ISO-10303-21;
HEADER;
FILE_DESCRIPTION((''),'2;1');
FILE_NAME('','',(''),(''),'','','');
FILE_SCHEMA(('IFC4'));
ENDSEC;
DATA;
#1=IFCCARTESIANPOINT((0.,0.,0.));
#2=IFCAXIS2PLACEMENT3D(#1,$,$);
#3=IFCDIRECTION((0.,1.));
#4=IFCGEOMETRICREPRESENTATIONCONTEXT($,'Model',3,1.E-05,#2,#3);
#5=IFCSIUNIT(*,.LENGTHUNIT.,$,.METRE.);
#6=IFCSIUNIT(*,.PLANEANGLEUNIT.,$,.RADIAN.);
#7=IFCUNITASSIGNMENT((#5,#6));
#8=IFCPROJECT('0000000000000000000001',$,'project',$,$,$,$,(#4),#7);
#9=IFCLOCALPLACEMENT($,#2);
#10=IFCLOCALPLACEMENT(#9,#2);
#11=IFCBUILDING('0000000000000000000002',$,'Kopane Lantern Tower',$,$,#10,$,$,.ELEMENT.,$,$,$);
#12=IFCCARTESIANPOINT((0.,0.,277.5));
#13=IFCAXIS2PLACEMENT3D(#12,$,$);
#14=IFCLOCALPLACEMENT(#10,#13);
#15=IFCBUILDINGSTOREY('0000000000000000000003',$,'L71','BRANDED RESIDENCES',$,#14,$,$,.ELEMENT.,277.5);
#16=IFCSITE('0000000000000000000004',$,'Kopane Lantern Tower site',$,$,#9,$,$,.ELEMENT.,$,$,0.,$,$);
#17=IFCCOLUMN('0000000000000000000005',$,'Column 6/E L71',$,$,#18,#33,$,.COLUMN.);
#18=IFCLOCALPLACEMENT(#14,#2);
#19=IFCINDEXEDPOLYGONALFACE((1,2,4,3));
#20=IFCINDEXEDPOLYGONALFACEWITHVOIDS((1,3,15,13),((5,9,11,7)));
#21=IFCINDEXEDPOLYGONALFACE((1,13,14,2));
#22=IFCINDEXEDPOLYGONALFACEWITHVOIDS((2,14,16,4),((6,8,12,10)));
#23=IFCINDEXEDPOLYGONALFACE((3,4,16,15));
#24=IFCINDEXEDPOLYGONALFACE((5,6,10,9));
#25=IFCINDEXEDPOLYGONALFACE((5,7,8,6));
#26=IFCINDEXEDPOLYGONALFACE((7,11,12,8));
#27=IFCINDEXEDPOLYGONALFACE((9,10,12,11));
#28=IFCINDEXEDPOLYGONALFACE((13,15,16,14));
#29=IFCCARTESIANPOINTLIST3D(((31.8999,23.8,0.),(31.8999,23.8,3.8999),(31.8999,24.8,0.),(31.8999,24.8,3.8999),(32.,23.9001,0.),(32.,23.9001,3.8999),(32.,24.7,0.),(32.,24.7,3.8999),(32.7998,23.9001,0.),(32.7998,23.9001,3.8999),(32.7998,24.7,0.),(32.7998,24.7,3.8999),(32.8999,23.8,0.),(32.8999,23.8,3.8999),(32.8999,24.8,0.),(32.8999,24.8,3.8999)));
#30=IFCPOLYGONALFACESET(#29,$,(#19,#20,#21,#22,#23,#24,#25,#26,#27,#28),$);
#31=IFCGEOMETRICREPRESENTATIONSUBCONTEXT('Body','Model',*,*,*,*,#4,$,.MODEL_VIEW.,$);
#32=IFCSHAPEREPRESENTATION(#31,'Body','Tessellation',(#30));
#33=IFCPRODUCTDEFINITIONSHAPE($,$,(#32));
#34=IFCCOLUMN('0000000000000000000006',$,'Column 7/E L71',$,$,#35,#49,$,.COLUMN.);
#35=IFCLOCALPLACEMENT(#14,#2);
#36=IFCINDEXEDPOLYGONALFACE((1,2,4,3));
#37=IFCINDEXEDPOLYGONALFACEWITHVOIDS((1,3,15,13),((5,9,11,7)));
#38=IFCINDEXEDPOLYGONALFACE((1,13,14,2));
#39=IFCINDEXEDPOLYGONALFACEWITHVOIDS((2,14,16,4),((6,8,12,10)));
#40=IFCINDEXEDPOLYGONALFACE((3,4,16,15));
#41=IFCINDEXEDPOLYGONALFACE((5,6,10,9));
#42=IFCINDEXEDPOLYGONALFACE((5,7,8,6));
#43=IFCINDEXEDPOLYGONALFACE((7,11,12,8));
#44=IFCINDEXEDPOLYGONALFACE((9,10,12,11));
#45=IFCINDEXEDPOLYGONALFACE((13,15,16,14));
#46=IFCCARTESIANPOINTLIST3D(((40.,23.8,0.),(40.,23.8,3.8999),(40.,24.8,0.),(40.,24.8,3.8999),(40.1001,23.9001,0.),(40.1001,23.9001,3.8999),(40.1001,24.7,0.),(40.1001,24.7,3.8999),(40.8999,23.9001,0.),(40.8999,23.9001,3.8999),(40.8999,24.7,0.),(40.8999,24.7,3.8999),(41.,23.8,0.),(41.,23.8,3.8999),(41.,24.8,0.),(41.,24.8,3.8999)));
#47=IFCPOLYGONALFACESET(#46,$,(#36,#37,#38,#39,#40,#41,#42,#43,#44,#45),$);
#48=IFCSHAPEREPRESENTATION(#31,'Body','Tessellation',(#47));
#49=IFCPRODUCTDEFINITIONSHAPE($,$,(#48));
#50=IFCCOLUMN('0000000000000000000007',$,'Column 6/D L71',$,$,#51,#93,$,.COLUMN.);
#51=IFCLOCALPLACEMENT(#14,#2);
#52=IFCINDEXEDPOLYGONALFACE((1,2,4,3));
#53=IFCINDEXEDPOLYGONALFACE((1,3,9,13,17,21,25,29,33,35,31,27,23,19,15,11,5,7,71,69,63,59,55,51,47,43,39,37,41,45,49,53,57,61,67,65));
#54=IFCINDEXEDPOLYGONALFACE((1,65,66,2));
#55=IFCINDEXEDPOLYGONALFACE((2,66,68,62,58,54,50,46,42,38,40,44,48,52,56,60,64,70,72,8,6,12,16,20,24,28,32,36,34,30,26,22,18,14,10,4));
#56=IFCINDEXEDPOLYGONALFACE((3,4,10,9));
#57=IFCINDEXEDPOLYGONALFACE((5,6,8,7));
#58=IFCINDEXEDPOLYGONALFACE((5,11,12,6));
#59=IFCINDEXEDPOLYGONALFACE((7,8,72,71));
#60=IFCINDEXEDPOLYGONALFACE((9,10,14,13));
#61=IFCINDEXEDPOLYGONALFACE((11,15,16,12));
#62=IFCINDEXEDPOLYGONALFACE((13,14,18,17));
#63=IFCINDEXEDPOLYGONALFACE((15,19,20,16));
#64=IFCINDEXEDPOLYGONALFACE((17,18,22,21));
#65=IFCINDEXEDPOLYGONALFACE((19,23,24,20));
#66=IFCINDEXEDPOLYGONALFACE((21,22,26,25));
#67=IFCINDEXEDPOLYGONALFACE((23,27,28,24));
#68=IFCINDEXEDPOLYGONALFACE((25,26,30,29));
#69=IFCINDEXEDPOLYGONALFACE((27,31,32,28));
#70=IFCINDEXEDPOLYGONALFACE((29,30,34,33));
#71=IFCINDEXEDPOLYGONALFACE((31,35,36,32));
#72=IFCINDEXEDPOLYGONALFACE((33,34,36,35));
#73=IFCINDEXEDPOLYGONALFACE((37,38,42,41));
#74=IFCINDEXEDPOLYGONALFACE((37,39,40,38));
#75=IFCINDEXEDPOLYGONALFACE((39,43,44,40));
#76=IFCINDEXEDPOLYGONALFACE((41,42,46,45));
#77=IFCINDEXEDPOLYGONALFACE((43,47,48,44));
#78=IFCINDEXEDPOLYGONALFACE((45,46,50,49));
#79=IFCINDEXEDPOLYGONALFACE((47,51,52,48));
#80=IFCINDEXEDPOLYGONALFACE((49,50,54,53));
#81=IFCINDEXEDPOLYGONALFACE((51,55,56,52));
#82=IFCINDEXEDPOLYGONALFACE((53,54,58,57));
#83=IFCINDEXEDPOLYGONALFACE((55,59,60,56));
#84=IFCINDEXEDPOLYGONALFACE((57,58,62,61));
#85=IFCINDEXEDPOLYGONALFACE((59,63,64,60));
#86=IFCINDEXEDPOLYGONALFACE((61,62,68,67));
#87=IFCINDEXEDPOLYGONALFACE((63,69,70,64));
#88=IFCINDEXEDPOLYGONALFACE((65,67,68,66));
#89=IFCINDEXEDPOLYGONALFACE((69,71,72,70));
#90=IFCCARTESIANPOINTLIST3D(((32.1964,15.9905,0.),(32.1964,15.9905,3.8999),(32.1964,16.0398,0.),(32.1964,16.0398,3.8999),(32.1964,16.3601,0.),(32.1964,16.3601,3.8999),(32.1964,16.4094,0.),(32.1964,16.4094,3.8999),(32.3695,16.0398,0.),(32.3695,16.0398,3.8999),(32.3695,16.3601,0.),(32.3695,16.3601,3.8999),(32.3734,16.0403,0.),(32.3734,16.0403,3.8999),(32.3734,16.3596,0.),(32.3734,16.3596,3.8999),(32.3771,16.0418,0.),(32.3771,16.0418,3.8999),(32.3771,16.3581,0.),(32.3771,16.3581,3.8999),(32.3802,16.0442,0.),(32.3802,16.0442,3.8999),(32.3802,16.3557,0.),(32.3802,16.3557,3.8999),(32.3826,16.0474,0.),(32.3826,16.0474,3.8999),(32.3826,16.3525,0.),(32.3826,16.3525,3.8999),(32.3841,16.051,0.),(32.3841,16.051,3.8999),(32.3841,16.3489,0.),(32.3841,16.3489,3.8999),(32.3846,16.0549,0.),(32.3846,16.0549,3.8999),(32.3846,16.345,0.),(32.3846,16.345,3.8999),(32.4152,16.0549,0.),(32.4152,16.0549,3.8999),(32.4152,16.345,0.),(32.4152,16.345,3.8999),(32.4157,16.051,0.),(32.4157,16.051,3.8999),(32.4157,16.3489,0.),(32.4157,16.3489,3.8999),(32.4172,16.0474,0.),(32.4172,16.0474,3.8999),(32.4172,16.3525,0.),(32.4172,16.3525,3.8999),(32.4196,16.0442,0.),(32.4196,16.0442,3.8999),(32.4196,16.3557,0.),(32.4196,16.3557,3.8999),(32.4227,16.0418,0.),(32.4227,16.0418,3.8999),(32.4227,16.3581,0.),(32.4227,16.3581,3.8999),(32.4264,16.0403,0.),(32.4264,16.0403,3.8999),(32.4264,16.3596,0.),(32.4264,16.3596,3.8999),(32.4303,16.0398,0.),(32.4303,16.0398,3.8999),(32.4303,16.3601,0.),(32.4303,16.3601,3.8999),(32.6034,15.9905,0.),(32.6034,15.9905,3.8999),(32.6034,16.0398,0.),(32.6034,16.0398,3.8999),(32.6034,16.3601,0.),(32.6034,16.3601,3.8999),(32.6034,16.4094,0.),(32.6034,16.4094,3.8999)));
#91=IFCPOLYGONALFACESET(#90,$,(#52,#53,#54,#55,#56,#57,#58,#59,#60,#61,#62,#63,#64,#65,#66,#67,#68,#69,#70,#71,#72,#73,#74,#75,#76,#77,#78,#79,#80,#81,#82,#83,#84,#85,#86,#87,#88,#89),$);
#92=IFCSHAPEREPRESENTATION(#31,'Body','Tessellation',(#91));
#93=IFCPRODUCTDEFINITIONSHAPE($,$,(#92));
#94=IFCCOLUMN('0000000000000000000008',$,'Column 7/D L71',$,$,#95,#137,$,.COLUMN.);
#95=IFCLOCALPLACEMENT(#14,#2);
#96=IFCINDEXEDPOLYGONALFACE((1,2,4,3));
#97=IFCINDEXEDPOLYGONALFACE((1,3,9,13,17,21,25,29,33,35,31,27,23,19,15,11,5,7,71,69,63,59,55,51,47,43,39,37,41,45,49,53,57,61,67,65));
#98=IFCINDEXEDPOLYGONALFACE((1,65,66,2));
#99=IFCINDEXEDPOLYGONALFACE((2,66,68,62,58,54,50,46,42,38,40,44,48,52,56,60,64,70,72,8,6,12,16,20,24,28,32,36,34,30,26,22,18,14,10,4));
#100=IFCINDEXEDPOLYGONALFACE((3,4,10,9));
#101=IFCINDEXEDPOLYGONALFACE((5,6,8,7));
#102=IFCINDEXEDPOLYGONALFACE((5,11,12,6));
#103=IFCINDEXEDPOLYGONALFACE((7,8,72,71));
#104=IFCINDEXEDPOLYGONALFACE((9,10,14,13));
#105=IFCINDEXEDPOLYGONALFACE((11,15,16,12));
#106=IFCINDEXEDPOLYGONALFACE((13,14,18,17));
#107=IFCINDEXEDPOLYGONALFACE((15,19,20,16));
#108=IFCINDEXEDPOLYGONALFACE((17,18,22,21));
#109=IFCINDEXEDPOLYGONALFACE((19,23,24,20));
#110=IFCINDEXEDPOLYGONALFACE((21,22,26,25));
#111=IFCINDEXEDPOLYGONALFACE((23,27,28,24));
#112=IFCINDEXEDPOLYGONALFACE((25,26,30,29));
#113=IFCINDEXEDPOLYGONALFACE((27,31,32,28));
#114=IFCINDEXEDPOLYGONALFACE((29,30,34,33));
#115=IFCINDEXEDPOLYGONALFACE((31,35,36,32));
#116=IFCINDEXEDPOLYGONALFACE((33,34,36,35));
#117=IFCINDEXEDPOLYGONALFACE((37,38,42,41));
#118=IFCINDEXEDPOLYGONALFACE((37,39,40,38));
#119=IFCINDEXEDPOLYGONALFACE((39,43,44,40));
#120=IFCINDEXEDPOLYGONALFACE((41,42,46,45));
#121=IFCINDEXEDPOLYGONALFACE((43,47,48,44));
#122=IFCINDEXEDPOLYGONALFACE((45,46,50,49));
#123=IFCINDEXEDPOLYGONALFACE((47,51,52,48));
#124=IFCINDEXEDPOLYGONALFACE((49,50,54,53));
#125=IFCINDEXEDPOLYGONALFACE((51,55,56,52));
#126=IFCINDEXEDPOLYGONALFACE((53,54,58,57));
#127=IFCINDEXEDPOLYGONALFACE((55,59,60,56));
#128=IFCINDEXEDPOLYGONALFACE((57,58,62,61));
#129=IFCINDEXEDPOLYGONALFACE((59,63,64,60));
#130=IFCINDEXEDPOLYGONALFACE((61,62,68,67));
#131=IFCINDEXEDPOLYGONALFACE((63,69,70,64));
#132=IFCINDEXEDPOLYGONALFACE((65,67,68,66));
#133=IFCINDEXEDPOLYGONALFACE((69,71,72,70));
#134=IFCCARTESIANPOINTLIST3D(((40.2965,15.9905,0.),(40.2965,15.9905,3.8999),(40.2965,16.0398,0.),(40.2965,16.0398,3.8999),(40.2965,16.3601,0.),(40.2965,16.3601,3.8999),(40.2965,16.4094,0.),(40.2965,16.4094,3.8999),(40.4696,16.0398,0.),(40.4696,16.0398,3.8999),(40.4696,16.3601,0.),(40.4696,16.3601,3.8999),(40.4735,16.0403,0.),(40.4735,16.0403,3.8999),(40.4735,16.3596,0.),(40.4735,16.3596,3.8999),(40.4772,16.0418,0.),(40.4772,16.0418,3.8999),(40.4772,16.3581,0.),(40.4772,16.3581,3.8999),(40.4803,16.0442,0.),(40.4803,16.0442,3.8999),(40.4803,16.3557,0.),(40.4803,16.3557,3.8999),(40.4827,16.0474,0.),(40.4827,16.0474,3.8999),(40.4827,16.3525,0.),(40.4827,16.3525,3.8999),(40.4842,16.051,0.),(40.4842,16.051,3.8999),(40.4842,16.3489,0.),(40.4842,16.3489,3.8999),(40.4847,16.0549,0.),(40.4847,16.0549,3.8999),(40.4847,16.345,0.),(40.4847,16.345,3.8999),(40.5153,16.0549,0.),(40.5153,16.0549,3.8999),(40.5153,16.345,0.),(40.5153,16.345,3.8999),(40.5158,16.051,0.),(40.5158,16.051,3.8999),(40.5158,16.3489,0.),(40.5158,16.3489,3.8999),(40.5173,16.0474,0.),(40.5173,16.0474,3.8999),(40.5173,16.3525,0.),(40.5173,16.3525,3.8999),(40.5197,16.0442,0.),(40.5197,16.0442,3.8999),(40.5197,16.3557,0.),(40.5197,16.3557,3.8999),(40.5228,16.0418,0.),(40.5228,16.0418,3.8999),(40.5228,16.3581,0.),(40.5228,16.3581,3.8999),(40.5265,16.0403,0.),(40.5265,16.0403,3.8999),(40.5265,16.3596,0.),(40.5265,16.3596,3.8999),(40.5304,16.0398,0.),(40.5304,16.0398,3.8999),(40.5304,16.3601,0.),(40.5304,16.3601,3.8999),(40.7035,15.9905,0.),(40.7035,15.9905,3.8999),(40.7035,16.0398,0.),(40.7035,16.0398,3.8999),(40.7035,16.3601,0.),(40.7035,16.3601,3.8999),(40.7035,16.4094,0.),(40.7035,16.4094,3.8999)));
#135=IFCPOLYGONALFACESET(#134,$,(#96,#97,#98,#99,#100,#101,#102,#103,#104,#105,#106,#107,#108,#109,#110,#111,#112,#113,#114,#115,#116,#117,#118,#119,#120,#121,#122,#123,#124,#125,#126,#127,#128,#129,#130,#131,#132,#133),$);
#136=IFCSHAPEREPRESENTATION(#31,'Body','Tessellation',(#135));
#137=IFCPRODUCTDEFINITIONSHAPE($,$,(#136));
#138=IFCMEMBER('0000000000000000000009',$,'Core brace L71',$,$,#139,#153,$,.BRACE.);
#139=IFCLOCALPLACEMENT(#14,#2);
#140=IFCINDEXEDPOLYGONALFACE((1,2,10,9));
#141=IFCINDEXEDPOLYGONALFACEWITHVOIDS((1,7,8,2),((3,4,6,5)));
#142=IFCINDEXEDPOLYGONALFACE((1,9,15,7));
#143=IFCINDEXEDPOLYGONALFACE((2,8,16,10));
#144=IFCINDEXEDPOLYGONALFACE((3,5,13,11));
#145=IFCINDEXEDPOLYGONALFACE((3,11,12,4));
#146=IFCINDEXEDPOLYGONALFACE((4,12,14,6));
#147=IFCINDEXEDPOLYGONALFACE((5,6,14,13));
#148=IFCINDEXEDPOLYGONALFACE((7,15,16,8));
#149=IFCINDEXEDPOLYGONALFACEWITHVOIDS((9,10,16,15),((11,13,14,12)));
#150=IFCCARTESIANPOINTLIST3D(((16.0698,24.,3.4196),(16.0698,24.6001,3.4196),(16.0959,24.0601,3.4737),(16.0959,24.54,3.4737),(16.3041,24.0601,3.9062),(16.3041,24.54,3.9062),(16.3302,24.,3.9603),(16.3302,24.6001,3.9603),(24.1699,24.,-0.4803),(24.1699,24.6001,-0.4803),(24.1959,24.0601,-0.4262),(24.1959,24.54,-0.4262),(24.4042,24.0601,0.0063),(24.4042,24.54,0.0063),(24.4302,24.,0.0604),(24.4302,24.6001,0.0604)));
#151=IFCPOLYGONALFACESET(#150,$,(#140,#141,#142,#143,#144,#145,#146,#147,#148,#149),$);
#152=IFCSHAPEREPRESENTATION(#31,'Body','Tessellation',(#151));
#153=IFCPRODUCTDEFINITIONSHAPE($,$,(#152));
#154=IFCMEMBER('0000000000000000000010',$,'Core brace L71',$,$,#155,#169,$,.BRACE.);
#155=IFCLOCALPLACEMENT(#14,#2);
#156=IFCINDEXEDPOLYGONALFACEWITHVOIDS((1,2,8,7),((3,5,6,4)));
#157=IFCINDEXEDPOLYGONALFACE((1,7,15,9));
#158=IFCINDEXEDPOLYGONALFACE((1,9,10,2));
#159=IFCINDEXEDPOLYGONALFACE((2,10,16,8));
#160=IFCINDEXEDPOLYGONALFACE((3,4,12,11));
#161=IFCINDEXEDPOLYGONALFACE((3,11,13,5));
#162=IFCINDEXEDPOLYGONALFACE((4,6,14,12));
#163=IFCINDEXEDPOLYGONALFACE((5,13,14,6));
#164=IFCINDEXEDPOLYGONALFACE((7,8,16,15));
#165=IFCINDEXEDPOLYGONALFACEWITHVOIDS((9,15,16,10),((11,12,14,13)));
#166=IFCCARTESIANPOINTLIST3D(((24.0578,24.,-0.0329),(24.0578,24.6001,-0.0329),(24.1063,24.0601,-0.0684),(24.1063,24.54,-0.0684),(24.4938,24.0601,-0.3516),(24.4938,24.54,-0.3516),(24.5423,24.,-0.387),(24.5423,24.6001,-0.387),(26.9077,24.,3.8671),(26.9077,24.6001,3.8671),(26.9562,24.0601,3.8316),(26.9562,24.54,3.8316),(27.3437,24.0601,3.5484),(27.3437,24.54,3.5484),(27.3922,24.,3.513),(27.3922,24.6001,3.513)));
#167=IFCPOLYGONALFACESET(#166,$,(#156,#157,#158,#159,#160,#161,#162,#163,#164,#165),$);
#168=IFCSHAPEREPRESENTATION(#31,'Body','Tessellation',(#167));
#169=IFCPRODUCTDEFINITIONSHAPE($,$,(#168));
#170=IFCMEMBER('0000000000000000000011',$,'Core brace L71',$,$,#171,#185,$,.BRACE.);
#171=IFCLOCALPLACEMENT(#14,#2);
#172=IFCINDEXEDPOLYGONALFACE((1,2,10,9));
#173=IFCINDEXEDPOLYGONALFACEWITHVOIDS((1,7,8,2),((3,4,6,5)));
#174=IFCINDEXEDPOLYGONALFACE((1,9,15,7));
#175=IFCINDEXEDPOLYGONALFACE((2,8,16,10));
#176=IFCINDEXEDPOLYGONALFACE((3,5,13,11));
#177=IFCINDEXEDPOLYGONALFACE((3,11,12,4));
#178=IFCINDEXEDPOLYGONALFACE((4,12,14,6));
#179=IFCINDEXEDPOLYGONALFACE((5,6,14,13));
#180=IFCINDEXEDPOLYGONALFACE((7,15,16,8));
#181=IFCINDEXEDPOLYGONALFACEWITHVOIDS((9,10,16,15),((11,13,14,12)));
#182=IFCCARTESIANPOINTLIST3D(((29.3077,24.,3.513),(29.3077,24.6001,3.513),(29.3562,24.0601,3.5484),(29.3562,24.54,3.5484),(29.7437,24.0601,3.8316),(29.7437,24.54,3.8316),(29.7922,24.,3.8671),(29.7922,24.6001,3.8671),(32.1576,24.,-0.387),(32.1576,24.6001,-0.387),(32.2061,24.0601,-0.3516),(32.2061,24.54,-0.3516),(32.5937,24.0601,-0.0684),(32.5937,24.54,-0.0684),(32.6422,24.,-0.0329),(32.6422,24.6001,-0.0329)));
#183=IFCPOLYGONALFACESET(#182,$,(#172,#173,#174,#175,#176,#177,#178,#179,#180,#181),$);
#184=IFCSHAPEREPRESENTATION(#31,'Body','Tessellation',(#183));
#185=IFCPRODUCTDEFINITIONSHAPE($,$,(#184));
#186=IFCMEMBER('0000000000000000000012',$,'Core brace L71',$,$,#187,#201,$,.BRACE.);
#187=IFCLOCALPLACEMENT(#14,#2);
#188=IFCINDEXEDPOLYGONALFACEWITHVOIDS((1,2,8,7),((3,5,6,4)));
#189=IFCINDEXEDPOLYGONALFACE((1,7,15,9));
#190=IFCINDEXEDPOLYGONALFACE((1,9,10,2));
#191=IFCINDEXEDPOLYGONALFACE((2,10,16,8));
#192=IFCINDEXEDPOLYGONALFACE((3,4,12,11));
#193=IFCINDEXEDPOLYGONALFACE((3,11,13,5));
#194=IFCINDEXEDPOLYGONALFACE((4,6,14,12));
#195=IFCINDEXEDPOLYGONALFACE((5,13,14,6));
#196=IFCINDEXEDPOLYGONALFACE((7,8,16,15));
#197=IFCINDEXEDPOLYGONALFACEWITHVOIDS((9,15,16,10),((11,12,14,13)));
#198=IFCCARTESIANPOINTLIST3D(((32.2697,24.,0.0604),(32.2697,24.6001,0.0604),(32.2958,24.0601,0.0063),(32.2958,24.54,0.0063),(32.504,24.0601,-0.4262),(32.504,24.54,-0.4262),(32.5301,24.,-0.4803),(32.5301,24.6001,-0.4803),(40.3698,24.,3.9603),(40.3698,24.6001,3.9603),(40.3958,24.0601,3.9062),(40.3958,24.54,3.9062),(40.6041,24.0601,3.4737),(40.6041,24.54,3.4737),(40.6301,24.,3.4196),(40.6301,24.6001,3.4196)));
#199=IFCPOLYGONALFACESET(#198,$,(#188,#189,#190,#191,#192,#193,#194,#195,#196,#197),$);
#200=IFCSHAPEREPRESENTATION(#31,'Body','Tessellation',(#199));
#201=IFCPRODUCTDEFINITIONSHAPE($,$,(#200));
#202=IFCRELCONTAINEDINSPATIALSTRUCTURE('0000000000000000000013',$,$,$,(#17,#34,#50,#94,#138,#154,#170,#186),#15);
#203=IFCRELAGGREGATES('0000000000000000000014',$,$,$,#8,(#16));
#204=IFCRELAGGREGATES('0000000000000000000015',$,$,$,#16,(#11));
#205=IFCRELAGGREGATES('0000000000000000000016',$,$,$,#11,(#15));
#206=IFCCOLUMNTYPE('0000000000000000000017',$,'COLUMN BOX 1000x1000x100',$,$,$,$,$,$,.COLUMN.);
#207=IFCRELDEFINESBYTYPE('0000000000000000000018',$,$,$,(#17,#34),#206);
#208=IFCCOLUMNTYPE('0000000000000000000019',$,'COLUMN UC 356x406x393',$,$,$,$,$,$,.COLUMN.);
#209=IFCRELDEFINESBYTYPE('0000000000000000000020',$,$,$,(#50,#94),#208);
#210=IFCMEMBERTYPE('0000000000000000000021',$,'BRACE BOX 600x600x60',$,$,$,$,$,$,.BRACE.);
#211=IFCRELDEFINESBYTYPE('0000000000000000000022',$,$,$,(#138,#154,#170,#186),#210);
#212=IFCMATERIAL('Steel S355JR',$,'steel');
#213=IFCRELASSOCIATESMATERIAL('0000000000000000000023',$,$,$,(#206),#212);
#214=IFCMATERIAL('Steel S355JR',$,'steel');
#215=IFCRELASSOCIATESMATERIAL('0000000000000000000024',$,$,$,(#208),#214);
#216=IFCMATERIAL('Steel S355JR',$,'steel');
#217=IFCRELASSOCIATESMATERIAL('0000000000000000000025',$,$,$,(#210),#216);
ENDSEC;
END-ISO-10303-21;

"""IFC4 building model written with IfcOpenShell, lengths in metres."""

from ifc_helpers import new_model, si_unit, direction, frame, origin, origin_2d, place, context, subcontext, project, spatial, hollow_rectangle, i_section, extrude, material, material_profile, profile_set, type_object, element, save


model = new_model("IFC4")

# Units and contexts
model_context = context("Model", 3, precision=1e-05, world=origin(), true_north=direction((0.0, 1.0)))
body_context = subcontext(model_context, "Body", "Model", "MODEL_VIEW")
ifc_project = project(units=[si_unit("LENGTHUNIT", "METRE"), si_unit("PLANEANGLEUNIT", "RADIAN")], contexts=[model_context])

# Site, building, storey
site_placement = place(None, origin())
site = spatial("IfcSite", under=ifc_project, at=site_placement, Name="Kopane Lantern Tower site", CompositionType="ELEMENT", RefElevation=0.0)
building_placement = place(site_placement, origin())
building = spatial("IfcBuilding", under=site, at=building_placement, Name="Kopane Lantern Tower", CompositionType="ELEMENT")
storey_placement = place(building_placement, frame((0.0, 0.0, 277.5)))
storey = spatial("IfcBuildingStorey", under=building, at=storey_placement, Name="L71", Description="BRANDED RESIDENCES", CompositionType="ELEMENT", Elevation=277.5)

# Columns
ifc_material_1 = material(Name="Steel S355JR", Category="steel")
ifc_material_profile_1 = material_profile(ifc_material_1, hollow_rectangle(XDim=1.0, YDim=1.0, WallThickness=0.1001, at=origin_2d()), Name="BOX 1000x1000x100")
ifc_profile_set_1 = profile_set([ifc_material_profile_1], Name="Steel S355JR")
column_type_1 = type_object("IfcColumnType", Name="COLUMN BOX 1000x1000x100", PredefinedType="COLUMN", material=ifc_profile_set_1)
for number, where, z_axis, x_axis, name in (
    (1, (32.3999, 24.3, 0.0), (0.0, 0.0, 1.0), (1.0, 0.0, 0.0), "Column 6/E L71"),
    (2, (40.5, 24.3, 0.0), (0.0, 0.0, 1.0), (1.0, 0.0, 0.0), "Column 7/E L71"),
):
    element("IfcColumn", number, at=place(storey_placement, frame(where, z_axis=z_axis, x_axis=x_axis)), inside=storey, type_object=column_type_1, Name=name, PredefinedType="COLUMN", context=body_context, shape_type="SweptSolid", body=[
        extrude(hollow_rectangle(XDim=1.0, YDim=1.0, WallThickness=0.1001, at=origin_2d()), origin(), (0.0, 0.0, 1.0), 3.8999),
    ])
ifc_material_2 = material(Name="Steel S355JR", Category="steel")
ifc_material_profile_2 = material_profile(ifc_material_2, i_section(OverallWidth=0.407, OverallDepth=0.4189, WebThickness=0.0305, FlangeThickness=0.0493, FilletRadius=0.0151, at=origin_2d()), Name="UC 356x406x393")
ifc_profile_set_2 = profile_set([ifc_material_profile_2], Name="Steel S355JR")
column_type_2 = type_object("IfcColumnType", Name="COLUMN UC 356x406x393", PredefinedType="COLUMN", material=ifc_profile_set_2)
for number, where, z_axis, x_axis, name in (
    (3, (32.3999, 16.2, 0.0), (0.0, 0.0, 1.0), (1.0, 0.0, 0.0), "Column 6/D L71"),
    (4, (40.5, 16.2, 0.0), (0.0, 0.0, 1.0), (1.0, 0.0, 0.0), "Column 7/D L71"),
):
    element("IfcColumn", number, at=place(storey_placement, frame(where, z_axis=z_axis, x_axis=x_axis)), inside=storey, type_object=column_type_2, Name=name, PredefinedType="COLUMN", context=body_context, shape_type="SweptSolid", body=[
        extrude(i_section(OverallWidth=0.407, OverallDepth=0.4189, WebThickness=0.0305, FlangeThickness=0.0493, FilletRadius=0.0151, at=origin_2d()), origin(), (0.0, 0.0, 1.0), 3.8999),
    ])

# Members
ifc_material_3 = material(Name="Steel S355JR", Category="steel")
ifc_material_profile_3 = material_profile(ifc_material_3, hollow_rectangle(XDim=0.6001, YDim=0.6001, WallThickness=0.0601, at=origin_2d()), Name="BOX 600x600x60")
ifc_profile_set_3 = profile_set([ifc_material_profile_3], Name="Steel S355JR")
member_type = type_object("IfcMemberType", Name="BRACE BOX 600x600x60", PredefinedType="BRACE", material=ifc_profile_set_3)
member_1_placement = place(storey_placement, frame((24.3, 24.3, -0.21), z_axis=(-0.901008, 0.0, 0.433803), x_axis=(0.0, -1.0, 0.0)))
element("IfcMember", 5, at=member_1_placement, inside=storey, type_object=member_type, Name="Core brace L71", PredefinedType="BRACE", context=body_context, shape_type="SweptSolid", body=[
    extrude(hollow_rectangle(XDim=0.6001, YDim=0.6001, WallThickness=0.0601, at=origin_2d()), origin(), (0.0, 0.0, 1.0), 8.99),
])
for number, where, z_axis, x_axis, name in (
    (6, (24.3, 24.3, -0.21), (0.590006, 0.0, 0.807399), (0.0, 1.0, 0.0), "Core brace L71"),
    (7, (32.3999, 24.3, -0.21), (-0.590006, 0.0, 0.807399), (0.0, -1.0, 0.0), "Core brace L71"),
):
    element("IfcMember", number, at=place(storey_placement, frame(where, z_axis=z_axis, x_axis=x_axis)), inside=storey, type_object=member_type, Name=name, PredefinedType="BRACE", context=body_context, shape_type="SweptSolid", body=[
        extrude(hollow_rectangle(XDim=0.6001, YDim=0.6001, WallThickness=0.0601, at=origin_2d()), origin(), (0.0, 0.0, 1.0), 4.8303),
    ])
member_2_placement = place(storey_placement, frame((32.3999, 24.3, -0.21), z_axis=(0.901008, 0.0, 0.433803), x_axis=(0.0, 1.0, 0.0)))
element("IfcMember", 8, at=member_2_placement, inside=storey, type_object=member_type, Name="Core brace L71", PredefinedType="BRACE", context=body_context, shape_type="SweptSolid", body=[
    extrude(hollow_rectangle(XDim=0.6001, YDim=0.6001, WallThickness=0.0601, at=origin_2d()), origin(), (0.0, 0.0, 1.0), 8.99),
])

save(model, "model.ifc")
